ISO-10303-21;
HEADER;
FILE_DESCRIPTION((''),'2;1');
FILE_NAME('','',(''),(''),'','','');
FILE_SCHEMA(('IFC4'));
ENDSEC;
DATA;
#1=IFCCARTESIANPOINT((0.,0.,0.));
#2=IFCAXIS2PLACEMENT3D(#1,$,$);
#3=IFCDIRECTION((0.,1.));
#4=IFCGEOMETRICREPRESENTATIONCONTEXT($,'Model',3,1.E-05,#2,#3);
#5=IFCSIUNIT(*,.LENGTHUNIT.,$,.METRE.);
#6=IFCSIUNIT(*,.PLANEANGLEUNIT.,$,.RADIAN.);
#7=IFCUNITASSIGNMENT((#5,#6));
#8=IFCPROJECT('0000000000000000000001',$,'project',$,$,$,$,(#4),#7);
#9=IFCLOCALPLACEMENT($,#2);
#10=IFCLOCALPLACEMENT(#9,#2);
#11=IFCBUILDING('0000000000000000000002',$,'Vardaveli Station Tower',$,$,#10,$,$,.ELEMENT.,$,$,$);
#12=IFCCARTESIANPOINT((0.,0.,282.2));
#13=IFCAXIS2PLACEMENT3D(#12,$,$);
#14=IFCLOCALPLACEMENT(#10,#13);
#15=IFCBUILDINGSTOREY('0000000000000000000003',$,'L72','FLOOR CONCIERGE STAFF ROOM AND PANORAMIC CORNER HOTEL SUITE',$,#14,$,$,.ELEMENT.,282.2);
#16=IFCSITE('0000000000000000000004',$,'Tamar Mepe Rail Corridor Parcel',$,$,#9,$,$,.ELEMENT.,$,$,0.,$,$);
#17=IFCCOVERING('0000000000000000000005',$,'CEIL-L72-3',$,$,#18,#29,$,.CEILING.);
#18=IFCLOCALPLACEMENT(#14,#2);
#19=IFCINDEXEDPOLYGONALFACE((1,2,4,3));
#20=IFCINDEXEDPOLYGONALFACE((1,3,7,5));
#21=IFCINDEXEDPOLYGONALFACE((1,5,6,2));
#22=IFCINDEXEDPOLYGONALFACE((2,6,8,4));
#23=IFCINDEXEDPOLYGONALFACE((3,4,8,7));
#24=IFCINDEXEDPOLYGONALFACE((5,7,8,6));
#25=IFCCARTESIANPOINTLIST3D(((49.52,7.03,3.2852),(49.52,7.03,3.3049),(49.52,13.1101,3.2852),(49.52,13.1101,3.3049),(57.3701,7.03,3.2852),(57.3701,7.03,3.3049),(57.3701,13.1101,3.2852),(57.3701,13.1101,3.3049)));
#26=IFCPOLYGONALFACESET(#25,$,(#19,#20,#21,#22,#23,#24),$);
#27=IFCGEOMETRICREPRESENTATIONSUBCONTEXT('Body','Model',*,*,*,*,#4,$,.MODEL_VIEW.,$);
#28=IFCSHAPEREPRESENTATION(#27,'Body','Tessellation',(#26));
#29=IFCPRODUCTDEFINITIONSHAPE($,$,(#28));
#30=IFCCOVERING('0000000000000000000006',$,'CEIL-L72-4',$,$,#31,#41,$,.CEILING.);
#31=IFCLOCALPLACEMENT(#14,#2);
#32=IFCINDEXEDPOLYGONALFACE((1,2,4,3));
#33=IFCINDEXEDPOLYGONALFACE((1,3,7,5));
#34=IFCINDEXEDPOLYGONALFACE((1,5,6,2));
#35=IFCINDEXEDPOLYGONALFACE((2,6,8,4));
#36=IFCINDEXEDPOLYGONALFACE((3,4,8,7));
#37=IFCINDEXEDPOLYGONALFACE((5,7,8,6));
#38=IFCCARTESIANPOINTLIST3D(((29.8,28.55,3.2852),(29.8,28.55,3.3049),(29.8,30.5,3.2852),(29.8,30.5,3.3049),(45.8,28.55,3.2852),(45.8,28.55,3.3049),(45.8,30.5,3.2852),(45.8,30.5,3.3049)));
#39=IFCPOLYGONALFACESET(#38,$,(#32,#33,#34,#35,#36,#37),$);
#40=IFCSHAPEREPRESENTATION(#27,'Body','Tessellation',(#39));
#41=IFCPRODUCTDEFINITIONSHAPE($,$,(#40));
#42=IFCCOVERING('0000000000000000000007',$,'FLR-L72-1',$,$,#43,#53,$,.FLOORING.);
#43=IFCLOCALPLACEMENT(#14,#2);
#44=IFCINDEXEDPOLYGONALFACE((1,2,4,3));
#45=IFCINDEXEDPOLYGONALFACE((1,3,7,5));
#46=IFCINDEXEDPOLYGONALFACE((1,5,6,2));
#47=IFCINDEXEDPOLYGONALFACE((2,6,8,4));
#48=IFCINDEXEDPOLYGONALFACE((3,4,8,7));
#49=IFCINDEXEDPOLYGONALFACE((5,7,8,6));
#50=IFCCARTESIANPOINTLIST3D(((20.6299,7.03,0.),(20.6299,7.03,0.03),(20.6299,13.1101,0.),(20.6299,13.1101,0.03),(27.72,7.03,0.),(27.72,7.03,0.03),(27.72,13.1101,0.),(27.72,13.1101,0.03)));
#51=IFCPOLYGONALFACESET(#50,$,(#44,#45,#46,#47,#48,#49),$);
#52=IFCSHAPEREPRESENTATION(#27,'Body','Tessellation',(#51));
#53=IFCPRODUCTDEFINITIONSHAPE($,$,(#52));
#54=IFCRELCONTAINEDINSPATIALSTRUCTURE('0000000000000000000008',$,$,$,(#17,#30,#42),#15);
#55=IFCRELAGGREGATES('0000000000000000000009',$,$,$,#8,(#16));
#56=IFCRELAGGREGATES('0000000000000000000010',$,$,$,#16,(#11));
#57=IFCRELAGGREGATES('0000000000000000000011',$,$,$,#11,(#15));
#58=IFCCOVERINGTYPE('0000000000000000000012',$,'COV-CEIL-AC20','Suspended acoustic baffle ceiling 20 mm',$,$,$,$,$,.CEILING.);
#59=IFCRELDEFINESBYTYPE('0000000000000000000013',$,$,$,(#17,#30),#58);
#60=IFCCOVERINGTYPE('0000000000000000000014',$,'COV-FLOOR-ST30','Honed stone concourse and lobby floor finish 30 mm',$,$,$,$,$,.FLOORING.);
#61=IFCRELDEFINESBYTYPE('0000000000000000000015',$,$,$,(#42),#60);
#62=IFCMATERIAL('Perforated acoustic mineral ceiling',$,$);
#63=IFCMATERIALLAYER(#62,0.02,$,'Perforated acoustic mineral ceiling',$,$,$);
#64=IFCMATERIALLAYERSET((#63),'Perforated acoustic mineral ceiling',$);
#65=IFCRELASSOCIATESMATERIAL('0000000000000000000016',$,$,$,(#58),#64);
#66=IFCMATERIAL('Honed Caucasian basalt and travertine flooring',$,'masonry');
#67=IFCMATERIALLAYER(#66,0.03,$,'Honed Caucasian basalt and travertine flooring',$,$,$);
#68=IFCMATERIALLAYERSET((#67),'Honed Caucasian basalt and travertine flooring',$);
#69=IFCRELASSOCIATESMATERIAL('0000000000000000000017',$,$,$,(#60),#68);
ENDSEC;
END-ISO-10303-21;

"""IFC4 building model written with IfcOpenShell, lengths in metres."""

from ifc_helpers import new_model, si_unit, direction, frame, origin, place, context, subcontext, project, spatial, polyline, outline, extrude, material, layer, layer_set, type_object, element, save


model = new_model("IFC4")

# Units and contexts
model_context = context("Model", 3, precision=1e-05, world=origin(), true_north=direction((0.0, 1.0)))
body_context = subcontext(model_context, "Body", "Model", "MODEL_VIEW")
ifc_project = project(units=[si_unit("LENGTHUNIT", "METRE"), si_unit("PLANEANGLEUNIT", "RADIAN")], contexts=[model_context])

# Site, building, storey
site_placement = place(None, origin())
site = spatial("IfcSite", under=ifc_project, at=site_placement, Name="Tamar Mepe Rail Corridor Parcel", CompositionType="ELEMENT", RefElevation=0.0)
building_placement = place(site_placement, origin())
building = spatial("IfcBuilding", under=site, at=building_placement, Name="Vardaveli Station Tower", CompositionType="ELEMENT")
storey_placement = place(building_placement, frame((0.0, 0.0, 282.2)))
storey = spatial("IfcBuildingStorey", under=building, at=storey_placement, Name="L72", Description="FLOOR CONCIERGE STAFF ROOM AND PANORAMIC CORNER HOTEL SUITE", CompositionType="ELEMENT", Elevation=282.2)

# Coverings
ifc_material_1 = material(Name="Perforated acoustic mineral ceiling")
ifc_layer_1 = layer(ifc_material_1, 0.02, Name="Perforated acoustic mineral ceiling")
ifc_layer_set_1 = layer_set([ifc_layer_1], Name="Perforated acoustic mineral ceiling")
covering_type_1 = type_object("IfcCoveringType", Name="COV-CEIL-AC20", Description="Suspended acoustic baffle ceiling 20 mm", PredefinedType="CEILING", material=ifc_layer_set_1)
covering_1_placement = place(storey_placement, frame((0.0, 0.0, 3.2852)))
element("IfcCovering", 1, at=covering_1_placement, inside=storey, type_object=covering_type_1, Name="CEIL-L72-3", PredefinedType="CEILING", context=body_context, shape_type="SweptSolid", body=[
    extrude(outline(polyline([(49.52, 7.03), (57.3701, 7.03), (57.3701, 13.1101), (49.52, 13.1101), (49.52, 7.03)])), origin(), (0.0, 0.0, 1.0), 0.0198),
])
covering_2_placement = place(storey_placement, frame((0.0, 0.0, 3.2852)))
element("IfcCovering", 2, at=covering_2_placement, inside=storey, type_object=covering_type_1, Name="CEIL-L72-4", PredefinedType="CEILING", context=body_context, shape_type="SweptSolid", body=[
    extrude(outline(polyline([(29.8, 28.55), (45.8, 28.55), (45.8, 30.5), (29.8, 30.5), (29.8, 28.55)])), origin(), (0.0, 0.0, 1.0), 0.0198),
])
ifc_material_2 = material(Name="Honed Caucasian basalt and travertine flooring", Category="masonry")
ifc_layer_2 = layer(ifc_material_2, 0.03, Name="Honed Caucasian basalt and travertine flooring")
ifc_layer_set_2 = layer_set([ifc_layer_2], Name="Honed Caucasian basalt and travertine flooring")
covering_type_2 = type_object("IfcCoveringType", Name="COV-FLOOR-ST30", Description="Honed stone concourse and lobby floor finish 30 mm", PredefinedType="FLOORING", material=ifc_layer_set_2)
covering_3_placement = place(storey_placement, origin())
element("IfcCovering", 3, at=covering_3_placement, inside=storey, type_object=covering_type_2, Name="FLR-L72-1", PredefinedType="FLOORING", context=body_context, shape_type="SweptSolid", body=[
    extrude(outline(polyline([(20.6299, 7.03), (27.72, 7.03), (27.72, 13.1101), (20.6299, 13.1101), (20.6299, 7.03)])), origin(), (0.0, 0.0, 1.0), 0.03),
])

save(model, "model.ifc")
